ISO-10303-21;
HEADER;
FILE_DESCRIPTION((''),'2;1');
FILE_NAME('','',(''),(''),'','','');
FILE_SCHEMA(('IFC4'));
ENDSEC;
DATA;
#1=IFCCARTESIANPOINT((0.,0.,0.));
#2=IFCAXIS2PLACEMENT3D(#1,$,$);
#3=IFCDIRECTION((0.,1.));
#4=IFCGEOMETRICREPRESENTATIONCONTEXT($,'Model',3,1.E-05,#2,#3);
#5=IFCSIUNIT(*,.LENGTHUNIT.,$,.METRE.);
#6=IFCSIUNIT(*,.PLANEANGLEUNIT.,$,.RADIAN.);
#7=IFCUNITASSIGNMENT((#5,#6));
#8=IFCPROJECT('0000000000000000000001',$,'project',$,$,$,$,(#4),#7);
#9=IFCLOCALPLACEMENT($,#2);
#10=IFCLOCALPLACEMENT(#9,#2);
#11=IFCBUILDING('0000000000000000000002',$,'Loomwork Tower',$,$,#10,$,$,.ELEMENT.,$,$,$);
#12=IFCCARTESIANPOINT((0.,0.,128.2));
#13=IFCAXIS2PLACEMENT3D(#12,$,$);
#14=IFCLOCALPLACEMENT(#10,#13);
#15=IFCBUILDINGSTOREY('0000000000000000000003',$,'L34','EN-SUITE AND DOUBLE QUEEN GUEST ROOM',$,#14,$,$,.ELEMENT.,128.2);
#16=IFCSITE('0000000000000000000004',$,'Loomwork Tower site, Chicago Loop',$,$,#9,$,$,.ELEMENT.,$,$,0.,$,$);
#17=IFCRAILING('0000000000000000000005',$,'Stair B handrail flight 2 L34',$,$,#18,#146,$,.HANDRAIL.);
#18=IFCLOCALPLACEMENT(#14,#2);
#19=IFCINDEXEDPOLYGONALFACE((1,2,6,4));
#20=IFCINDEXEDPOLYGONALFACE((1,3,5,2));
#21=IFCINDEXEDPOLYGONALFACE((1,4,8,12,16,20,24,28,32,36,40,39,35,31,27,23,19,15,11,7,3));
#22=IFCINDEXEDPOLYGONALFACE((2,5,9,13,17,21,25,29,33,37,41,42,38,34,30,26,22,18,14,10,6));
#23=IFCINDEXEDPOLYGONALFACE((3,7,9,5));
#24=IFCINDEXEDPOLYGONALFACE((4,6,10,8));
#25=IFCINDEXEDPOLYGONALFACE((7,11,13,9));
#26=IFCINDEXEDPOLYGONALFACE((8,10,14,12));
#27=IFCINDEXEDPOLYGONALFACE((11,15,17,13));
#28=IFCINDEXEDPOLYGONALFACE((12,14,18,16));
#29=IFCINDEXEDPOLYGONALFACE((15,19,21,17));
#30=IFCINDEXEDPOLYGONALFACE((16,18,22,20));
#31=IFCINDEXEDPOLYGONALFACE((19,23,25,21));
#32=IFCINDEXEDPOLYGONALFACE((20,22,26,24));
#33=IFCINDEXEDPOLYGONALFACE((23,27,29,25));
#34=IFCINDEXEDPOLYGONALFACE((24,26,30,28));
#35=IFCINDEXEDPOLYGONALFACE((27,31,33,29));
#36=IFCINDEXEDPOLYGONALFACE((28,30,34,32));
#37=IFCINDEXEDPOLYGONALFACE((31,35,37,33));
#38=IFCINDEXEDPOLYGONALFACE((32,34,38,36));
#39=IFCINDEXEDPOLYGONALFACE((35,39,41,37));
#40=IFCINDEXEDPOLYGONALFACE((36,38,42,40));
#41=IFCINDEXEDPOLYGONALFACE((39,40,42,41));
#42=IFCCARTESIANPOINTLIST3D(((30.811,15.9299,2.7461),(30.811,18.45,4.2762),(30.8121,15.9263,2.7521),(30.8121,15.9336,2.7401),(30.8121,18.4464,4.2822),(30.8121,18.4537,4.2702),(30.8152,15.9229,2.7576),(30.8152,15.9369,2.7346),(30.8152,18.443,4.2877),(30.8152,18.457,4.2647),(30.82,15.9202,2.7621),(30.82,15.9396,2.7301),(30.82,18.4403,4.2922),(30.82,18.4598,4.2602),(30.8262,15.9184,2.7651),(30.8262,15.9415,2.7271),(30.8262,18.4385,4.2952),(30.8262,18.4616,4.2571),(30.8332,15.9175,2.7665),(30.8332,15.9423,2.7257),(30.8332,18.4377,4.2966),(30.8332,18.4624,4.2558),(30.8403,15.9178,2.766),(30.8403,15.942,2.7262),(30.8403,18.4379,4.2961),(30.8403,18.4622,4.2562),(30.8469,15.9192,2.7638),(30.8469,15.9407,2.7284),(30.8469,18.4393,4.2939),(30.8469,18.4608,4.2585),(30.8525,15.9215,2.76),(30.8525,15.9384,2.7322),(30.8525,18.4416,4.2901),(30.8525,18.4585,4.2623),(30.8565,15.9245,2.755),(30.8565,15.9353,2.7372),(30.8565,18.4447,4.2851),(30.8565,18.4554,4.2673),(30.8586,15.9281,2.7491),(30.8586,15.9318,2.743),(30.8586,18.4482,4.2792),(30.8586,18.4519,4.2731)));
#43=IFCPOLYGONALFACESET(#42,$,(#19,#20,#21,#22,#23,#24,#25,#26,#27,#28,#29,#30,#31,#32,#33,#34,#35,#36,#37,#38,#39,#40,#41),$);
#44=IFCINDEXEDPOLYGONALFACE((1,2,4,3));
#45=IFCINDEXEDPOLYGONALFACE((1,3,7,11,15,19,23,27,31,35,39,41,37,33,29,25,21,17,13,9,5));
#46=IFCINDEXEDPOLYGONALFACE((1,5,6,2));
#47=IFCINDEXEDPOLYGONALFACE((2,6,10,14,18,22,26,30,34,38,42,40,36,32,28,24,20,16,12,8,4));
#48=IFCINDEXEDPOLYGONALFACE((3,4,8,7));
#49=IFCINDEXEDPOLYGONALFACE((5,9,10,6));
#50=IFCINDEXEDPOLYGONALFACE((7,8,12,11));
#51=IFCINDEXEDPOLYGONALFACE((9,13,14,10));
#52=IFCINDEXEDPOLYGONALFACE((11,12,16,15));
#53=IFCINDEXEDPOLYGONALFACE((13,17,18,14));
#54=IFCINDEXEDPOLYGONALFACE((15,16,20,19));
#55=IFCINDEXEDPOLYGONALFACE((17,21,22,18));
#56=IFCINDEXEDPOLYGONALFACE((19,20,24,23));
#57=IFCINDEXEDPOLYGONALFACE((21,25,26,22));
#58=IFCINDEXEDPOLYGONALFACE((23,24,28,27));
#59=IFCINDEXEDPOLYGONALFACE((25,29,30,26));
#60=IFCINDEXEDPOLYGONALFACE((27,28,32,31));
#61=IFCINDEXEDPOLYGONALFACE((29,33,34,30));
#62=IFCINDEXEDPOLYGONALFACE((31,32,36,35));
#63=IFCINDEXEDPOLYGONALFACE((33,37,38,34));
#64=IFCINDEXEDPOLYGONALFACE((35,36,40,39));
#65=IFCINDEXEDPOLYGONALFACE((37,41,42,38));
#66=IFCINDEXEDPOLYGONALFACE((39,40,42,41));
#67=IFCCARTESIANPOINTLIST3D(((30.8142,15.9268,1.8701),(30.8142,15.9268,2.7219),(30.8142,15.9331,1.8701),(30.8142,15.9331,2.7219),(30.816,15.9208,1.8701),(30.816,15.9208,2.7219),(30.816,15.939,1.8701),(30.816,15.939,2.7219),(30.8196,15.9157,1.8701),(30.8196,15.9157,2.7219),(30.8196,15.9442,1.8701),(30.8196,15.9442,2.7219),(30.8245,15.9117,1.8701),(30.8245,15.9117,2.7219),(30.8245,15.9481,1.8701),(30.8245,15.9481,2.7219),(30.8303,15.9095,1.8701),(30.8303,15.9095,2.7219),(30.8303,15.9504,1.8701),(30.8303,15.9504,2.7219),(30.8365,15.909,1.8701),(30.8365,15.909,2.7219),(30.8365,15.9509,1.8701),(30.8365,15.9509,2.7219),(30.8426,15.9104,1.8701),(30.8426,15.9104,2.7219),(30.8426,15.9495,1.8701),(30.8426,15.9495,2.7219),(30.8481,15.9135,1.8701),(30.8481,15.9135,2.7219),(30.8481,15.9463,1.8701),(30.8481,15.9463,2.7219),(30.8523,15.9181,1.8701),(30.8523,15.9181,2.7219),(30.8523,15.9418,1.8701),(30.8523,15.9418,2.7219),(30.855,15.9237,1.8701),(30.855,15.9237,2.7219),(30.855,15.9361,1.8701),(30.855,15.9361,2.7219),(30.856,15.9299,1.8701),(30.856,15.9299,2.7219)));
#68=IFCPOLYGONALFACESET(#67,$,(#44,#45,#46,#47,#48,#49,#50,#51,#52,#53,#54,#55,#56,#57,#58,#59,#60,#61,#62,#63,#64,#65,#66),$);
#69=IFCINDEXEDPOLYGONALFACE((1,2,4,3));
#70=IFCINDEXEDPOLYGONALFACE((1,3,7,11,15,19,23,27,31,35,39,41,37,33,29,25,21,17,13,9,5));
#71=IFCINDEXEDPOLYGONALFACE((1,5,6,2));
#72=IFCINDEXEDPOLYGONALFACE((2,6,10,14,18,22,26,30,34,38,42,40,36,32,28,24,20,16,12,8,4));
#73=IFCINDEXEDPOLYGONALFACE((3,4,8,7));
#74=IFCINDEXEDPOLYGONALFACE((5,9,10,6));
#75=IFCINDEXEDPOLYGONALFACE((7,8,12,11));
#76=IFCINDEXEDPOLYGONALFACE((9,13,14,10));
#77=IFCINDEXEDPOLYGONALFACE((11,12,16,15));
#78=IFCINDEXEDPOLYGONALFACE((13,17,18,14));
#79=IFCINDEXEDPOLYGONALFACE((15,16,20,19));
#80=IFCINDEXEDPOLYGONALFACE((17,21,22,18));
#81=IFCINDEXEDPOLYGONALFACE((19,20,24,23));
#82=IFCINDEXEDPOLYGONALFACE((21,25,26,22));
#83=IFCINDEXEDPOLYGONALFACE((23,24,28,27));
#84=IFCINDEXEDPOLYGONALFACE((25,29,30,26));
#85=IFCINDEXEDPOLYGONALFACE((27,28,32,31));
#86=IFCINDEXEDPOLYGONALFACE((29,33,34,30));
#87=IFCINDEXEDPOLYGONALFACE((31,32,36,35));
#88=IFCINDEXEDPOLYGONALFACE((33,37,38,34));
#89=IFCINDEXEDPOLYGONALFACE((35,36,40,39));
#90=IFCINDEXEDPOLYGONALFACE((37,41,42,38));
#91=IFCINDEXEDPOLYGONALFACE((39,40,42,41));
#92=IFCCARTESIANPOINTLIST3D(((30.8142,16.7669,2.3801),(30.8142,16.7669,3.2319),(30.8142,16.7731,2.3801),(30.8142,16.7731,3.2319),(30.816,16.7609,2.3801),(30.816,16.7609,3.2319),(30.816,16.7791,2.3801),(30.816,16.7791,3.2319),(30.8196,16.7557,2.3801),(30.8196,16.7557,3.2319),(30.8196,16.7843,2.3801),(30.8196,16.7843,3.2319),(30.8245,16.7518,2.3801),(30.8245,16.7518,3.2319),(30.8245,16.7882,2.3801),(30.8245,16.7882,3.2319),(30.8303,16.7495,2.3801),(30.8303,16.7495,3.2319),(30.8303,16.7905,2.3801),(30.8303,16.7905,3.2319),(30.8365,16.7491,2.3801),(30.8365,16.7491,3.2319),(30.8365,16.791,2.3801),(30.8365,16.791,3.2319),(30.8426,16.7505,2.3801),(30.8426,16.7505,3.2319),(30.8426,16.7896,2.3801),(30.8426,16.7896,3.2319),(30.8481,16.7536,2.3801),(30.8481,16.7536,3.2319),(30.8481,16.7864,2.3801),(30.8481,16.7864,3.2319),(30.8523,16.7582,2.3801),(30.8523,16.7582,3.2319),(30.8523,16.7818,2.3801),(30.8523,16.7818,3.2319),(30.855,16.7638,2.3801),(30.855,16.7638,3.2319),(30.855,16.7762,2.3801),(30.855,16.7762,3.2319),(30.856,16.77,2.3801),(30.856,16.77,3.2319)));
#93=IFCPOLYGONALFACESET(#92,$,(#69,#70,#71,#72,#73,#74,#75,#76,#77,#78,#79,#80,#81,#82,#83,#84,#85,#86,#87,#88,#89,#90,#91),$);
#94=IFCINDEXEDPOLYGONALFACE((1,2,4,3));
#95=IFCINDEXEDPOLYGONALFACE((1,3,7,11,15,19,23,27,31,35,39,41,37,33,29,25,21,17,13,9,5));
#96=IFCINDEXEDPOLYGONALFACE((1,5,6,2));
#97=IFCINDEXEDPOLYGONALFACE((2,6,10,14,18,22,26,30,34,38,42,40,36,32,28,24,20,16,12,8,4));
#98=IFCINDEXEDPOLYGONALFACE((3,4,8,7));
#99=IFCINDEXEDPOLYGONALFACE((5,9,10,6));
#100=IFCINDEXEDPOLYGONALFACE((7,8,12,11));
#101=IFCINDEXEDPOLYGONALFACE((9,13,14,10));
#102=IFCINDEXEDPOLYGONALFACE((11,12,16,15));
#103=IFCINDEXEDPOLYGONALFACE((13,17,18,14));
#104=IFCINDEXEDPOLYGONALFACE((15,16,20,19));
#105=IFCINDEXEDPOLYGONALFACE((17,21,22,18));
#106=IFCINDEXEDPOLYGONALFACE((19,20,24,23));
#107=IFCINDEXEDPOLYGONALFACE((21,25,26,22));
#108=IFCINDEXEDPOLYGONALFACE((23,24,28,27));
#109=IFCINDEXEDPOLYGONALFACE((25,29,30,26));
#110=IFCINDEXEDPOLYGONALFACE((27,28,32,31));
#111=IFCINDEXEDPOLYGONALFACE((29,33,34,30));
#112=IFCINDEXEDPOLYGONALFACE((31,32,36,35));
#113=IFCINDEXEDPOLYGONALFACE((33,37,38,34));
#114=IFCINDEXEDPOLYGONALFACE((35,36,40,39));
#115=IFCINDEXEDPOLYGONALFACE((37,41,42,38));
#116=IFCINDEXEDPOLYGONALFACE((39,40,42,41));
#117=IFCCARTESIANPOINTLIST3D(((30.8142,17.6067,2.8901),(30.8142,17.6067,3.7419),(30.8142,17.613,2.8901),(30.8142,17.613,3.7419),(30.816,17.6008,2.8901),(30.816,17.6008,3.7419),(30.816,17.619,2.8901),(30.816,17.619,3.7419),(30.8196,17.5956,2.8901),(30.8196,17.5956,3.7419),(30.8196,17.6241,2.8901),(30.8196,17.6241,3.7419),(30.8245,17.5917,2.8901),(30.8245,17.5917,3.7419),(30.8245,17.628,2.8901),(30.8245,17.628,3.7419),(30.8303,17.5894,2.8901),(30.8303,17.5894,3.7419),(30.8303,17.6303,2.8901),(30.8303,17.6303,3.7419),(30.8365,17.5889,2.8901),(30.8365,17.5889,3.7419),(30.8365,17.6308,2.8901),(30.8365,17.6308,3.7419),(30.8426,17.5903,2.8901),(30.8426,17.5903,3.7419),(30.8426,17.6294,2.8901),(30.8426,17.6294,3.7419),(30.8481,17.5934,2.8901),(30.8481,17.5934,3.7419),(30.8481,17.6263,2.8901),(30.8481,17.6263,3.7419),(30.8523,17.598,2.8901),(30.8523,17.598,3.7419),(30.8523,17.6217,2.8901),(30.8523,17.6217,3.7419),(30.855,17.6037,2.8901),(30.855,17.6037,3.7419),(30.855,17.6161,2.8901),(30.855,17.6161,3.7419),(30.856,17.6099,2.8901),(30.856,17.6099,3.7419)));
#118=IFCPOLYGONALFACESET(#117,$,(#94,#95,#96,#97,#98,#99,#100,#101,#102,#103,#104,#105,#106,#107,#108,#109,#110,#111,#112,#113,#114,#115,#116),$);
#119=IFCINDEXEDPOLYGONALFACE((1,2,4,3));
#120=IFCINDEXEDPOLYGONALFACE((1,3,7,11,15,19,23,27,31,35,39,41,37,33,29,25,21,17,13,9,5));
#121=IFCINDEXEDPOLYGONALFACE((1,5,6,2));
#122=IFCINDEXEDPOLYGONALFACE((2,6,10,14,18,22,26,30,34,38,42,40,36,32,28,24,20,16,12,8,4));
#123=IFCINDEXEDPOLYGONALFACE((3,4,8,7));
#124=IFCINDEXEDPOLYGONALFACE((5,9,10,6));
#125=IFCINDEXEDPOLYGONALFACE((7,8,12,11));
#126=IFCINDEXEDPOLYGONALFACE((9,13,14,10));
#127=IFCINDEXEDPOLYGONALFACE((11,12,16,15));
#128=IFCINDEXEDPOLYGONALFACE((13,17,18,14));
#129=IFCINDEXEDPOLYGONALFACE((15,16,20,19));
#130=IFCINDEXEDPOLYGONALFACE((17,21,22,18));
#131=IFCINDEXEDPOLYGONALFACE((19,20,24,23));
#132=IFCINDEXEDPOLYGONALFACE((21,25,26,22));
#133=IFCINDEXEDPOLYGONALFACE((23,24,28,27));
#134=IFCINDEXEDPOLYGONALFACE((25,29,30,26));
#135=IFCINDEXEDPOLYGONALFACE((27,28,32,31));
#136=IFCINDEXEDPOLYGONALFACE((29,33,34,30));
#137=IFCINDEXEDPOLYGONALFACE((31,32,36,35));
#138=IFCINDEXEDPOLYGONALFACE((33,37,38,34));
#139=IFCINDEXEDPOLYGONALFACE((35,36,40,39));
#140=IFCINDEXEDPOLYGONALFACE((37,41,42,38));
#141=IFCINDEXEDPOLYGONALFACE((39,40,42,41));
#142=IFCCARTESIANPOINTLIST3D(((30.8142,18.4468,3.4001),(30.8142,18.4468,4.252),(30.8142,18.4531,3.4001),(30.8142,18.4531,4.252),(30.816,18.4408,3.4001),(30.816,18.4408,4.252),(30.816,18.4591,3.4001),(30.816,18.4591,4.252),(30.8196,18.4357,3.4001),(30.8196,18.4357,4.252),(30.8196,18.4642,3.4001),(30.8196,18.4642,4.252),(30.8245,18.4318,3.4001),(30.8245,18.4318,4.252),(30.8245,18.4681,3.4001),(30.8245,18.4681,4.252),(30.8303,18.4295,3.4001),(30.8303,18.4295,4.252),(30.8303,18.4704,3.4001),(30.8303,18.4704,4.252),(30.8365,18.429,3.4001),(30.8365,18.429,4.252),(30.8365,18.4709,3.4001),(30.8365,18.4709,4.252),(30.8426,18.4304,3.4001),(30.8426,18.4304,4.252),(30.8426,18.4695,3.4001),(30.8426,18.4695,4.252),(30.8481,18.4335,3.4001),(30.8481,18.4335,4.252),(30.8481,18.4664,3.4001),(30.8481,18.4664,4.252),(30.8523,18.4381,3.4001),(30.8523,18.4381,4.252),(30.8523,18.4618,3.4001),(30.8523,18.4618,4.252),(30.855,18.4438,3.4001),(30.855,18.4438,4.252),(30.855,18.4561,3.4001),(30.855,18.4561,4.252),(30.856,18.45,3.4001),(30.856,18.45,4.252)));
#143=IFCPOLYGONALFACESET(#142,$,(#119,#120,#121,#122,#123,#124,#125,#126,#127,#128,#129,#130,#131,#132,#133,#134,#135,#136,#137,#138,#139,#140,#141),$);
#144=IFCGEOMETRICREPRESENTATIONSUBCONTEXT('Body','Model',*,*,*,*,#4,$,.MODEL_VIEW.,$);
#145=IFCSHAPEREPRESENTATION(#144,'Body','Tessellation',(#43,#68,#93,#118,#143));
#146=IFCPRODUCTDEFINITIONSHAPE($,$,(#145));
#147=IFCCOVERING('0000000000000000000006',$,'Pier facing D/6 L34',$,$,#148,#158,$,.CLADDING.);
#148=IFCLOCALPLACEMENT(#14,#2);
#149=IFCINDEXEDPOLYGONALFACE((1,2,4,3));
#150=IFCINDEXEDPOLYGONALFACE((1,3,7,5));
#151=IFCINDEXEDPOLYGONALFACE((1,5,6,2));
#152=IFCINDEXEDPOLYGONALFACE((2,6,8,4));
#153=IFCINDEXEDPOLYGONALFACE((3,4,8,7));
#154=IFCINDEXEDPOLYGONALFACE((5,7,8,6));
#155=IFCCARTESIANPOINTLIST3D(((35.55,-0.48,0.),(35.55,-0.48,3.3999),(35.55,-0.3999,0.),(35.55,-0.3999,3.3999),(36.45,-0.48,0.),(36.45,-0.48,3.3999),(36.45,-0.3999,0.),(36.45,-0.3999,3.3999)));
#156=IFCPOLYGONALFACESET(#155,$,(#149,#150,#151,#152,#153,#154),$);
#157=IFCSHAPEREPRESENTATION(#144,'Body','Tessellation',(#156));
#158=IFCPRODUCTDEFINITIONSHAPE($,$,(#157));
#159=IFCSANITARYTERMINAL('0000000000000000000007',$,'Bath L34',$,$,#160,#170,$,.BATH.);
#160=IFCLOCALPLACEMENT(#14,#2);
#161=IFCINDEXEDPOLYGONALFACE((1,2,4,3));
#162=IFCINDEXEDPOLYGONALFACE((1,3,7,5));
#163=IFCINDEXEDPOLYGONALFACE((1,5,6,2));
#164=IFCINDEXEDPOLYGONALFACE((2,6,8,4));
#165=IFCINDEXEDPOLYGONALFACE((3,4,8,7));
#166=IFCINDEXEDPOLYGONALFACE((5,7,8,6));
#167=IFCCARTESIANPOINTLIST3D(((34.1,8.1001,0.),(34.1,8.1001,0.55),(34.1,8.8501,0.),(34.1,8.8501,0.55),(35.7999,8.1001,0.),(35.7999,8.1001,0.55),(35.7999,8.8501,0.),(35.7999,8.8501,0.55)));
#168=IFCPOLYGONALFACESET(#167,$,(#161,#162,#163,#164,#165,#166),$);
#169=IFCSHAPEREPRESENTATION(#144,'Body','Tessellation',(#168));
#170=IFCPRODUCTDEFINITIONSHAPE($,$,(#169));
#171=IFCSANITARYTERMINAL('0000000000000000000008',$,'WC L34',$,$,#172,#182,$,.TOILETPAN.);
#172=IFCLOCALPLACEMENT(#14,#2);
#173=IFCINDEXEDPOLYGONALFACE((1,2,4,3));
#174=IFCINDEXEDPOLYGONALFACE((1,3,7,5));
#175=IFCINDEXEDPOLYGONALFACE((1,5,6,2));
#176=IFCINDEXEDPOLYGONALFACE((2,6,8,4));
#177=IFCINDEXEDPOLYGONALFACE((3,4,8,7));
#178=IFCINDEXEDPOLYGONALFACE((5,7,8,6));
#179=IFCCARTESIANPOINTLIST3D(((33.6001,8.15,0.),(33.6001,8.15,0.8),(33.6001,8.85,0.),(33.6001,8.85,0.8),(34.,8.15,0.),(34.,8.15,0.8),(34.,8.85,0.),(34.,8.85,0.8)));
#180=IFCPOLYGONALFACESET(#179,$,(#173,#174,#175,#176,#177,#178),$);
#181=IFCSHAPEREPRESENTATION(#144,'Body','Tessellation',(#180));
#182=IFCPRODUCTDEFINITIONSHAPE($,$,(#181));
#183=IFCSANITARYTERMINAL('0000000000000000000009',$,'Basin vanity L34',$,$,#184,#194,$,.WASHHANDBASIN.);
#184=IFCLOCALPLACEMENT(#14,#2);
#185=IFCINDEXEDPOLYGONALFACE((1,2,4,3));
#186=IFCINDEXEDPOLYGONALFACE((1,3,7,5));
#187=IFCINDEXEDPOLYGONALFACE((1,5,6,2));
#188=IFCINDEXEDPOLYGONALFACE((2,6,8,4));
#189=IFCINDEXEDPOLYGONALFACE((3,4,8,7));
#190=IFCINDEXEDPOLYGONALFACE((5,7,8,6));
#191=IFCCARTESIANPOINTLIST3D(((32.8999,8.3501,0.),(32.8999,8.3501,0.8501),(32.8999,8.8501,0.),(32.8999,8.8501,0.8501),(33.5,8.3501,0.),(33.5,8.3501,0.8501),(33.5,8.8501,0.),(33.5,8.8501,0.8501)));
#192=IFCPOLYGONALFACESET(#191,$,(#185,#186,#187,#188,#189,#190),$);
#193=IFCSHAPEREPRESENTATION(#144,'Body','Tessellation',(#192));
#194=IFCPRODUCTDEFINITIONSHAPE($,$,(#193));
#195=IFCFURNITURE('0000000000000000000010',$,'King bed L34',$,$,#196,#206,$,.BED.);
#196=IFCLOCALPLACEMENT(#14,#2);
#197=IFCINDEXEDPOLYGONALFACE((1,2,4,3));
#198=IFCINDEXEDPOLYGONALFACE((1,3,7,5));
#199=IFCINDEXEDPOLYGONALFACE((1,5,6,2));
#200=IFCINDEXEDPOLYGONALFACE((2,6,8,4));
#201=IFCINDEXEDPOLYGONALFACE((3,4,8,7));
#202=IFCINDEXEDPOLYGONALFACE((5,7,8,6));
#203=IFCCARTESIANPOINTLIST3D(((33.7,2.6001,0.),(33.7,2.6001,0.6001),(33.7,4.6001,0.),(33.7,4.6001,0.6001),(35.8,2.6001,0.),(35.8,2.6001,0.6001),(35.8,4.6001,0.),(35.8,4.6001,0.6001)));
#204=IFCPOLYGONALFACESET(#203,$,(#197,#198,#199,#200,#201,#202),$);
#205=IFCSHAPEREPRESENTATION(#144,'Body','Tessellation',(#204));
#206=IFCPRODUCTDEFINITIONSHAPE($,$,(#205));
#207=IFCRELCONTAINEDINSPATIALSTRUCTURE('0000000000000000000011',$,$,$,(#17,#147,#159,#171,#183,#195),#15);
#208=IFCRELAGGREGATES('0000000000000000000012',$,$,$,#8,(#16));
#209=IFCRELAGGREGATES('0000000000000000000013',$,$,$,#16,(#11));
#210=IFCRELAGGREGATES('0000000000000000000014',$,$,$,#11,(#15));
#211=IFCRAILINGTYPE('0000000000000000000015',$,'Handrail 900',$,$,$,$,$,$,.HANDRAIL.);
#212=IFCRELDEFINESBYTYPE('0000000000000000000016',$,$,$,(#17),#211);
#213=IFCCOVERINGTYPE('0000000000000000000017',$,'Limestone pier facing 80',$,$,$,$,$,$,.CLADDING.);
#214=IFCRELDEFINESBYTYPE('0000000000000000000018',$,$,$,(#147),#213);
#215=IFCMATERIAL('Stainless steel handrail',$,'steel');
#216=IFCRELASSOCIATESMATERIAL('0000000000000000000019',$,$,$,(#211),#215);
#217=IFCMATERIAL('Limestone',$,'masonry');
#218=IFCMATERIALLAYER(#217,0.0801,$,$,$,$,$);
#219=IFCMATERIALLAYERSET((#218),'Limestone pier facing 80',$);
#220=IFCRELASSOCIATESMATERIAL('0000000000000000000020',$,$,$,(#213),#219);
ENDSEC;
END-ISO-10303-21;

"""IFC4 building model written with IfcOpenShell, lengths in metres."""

from ifc_helpers import new_model, si_unit, direction, frame, origin, origin_2d, place, context, subcontext, project, spatial, rectangle, circle, extrude, material, layer, layer_set, type_object, element, save


model = new_model("IFC4")

# Units and contexts
model_context = context("Model", 3, precision=1e-05, world=origin(), true_north=direction((0.0, 1.0)))
body_context = subcontext(model_context, "Body", "Model", "MODEL_VIEW")
ifc_project = project(units=[si_unit("LENGTHUNIT", "METRE"), si_unit("PLANEANGLEUNIT", "RADIAN")], contexts=[model_context])

# Site, building, storey
site_placement = place(None, origin())
site = spatial("IfcSite", under=ifc_project, at=site_placement, Name="Loomwork Tower site, Chicago Loop", CompositionType="ELEMENT", RefElevation=0.0)
building_placement = place(site_placement, origin())
building = spatial("IfcBuilding", under=site, at=building_placement, Name="Loomwork Tower", CompositionType="ELEMENT")
storey_placement = place(building_placement, frame((0.0, 0.0, 128.2)))
storey = spatial("IfcBuildingStorey", under=building, at=storey_placement, Name="L34", Description="EN-SUITE AND DOUBLE QUEEN GUEST ROOM", CompositionType="ELEMENT", Elevation=128.2)

# Railing
ifc_material_1 = material(Name="Stainless steel handrail", Category="steel")
railing_type = type_object("IfcRailingType", Name="Handrail 900", PredefinedType="HANDRAIL", material=ifc_material_1)
railing_placement = place(storey_placement, frame((30.835, 15.9299, 1.8701)))
element("IfcRailing", 1, at=railing_placement, inside=storey, type_object=railing_type, Name="Stair B handrail flight 2 L34", PredefinedType="HANDRAIL", context=body_context, shape_type="SweptSolid", body=[
    extrude(circle(Radius=0.0239, at=origin_2d()), frame((0.0, 0.0, 0.876), z_axis=(0.0, 0.854785, 0.518982), x_axis=(-1.0, 0.0, 0.0)), (0.0, 0.0, 1.0), 2.9482),
    extrude(circle(Radius=0.021, at=origin_2d()), origin(), (0.0, 0.0, 1.0), 0.8518),
    extrude(circle(Radius=0.021, at=origin_2d()), frame((0.0, 0.8401, 0.51)), (0.0, 0.0, 1.0), 0.8518),
    extrude(circle(Radius=0.021, at=origin_2d()), frame((0.0, 1.6799, 1.02)), (0.0, 0.0, 1.0), 0.8518),
    extrude(circle(Radius=0.021, at=origin_2d()), frame((0.0, 2.52, 1.53)), (0.0, 0.0, 1.0), 0.8518),
])

# Covering
ifc_material_2 = material(Name="Limestone", Category="masonry")
ifc_layer_1 = layer(ifc_material_2, 0.0801)
ifc_layer_set_1 = layer_set([ifc_layer_1], Name="Limestone pier facing 80")
covering_type = type_object("IfcCoveringType", Name="Limestone pier facing 80", PredefinedType="CLADDING", material=ifc_layer_set_1)
covering_placement = place(storey_placement, frame((36.0, -0.4399, 0.0), z_axis=(0.0, 0.0, 1.0), x_axis=(1.0, 0.0, 0.0)))
element("IfcCovering", 2, at=covering_placement, inside=storey, type_object=covering_type, Name="Pier facing D/6 L34", PredefinedType="CLADDING", context=body_context, shape_type="SweptSolid", body=[
    extrude(rectangle(XDim=0.8999, YDim=0.0801, at=origin_2d()), origin(), (0.0, 0.0, 1.0), 3.3999),
])

# Sanitary terminals
sanitary_terminal_1_placement = place(storey_placement, frame((34.95, 8.4751, 0.0), z_axis=(0.0, 0.0, 1.0), x_axis=(1.0, 0.0, 0.0)))
element("IfcSanitaryTerminal", 3, at=sanitary_terminal_1_placement, inside=storey, Name="Bath L34", PredefinedType="BATH", context=body_context, shape_type="SweptSolid", body=[
    extrude(rectangle(XDim=1.7, YDim=0.75, at=origin_2d()), origin(), (0.0, 0.0, 1.0), 0.55),
])
sanitary_terminal_2_placement = place(storey_placement, frame((33.8, 8.5, 0.0), z_axis=(0.0, 0.0, 1.0), x_axis=(1.0, 0.0, 0.0)))
element("IfcSanitaryTerminal", 4, at=sanitary_terminal_2_placement, inside=storey, Name="WC L34", PredefinedType="TOILETPAN", context=body_context, shape_type="SweptSolid", body=[
    extrude(rectangle(XDim=0.3999, YDim=0.7, at=origin_2d()), origin(), (0.0, 0.0, 1.0), 0.8),
])
sanitary_terminal_3_placement = place(storey_placement, frame((33.2, 8.6001, 0.0), z_axis=(0.0, 0.0, 1.0), x_axis=(1.0, 0.0, 0.0)))
element("IfcSanitaryTerminal", 5, at=sanitary_terminal_3_placement, inside=storey, Name="Basin vanity L34", PredefinedType="WASHHANDBASIN", context=body_context, shape_type="SweptSolid", body=[
    extrude(rectangle(XDim=0.6001, YDim=0.5, at=origin_2d()), origin(), (0.0, 0.0, 1.0), 0.8501),
])

# Furniture
furniture_1_placement = place(storey_placement, frame((34.75, 3.6001, 0.0), z_axis=(0.0, 0.0, 1.0), x_axis=(1.0, 0.0, 0.0)))
element("IfcFurniture", 6, at=furniture_1_placement, inside=storey, Name="King bed L34", PredefinedType="BED", context=body_context, shape_type="SweptSolid", body=[
    extrude(rectangle(XDim=2.1001, YDim=2.0, at=origin_2d()), origin(), (0.0, 0.0, 1.0), 0.6001),
])

save(model, "model.ifc")
